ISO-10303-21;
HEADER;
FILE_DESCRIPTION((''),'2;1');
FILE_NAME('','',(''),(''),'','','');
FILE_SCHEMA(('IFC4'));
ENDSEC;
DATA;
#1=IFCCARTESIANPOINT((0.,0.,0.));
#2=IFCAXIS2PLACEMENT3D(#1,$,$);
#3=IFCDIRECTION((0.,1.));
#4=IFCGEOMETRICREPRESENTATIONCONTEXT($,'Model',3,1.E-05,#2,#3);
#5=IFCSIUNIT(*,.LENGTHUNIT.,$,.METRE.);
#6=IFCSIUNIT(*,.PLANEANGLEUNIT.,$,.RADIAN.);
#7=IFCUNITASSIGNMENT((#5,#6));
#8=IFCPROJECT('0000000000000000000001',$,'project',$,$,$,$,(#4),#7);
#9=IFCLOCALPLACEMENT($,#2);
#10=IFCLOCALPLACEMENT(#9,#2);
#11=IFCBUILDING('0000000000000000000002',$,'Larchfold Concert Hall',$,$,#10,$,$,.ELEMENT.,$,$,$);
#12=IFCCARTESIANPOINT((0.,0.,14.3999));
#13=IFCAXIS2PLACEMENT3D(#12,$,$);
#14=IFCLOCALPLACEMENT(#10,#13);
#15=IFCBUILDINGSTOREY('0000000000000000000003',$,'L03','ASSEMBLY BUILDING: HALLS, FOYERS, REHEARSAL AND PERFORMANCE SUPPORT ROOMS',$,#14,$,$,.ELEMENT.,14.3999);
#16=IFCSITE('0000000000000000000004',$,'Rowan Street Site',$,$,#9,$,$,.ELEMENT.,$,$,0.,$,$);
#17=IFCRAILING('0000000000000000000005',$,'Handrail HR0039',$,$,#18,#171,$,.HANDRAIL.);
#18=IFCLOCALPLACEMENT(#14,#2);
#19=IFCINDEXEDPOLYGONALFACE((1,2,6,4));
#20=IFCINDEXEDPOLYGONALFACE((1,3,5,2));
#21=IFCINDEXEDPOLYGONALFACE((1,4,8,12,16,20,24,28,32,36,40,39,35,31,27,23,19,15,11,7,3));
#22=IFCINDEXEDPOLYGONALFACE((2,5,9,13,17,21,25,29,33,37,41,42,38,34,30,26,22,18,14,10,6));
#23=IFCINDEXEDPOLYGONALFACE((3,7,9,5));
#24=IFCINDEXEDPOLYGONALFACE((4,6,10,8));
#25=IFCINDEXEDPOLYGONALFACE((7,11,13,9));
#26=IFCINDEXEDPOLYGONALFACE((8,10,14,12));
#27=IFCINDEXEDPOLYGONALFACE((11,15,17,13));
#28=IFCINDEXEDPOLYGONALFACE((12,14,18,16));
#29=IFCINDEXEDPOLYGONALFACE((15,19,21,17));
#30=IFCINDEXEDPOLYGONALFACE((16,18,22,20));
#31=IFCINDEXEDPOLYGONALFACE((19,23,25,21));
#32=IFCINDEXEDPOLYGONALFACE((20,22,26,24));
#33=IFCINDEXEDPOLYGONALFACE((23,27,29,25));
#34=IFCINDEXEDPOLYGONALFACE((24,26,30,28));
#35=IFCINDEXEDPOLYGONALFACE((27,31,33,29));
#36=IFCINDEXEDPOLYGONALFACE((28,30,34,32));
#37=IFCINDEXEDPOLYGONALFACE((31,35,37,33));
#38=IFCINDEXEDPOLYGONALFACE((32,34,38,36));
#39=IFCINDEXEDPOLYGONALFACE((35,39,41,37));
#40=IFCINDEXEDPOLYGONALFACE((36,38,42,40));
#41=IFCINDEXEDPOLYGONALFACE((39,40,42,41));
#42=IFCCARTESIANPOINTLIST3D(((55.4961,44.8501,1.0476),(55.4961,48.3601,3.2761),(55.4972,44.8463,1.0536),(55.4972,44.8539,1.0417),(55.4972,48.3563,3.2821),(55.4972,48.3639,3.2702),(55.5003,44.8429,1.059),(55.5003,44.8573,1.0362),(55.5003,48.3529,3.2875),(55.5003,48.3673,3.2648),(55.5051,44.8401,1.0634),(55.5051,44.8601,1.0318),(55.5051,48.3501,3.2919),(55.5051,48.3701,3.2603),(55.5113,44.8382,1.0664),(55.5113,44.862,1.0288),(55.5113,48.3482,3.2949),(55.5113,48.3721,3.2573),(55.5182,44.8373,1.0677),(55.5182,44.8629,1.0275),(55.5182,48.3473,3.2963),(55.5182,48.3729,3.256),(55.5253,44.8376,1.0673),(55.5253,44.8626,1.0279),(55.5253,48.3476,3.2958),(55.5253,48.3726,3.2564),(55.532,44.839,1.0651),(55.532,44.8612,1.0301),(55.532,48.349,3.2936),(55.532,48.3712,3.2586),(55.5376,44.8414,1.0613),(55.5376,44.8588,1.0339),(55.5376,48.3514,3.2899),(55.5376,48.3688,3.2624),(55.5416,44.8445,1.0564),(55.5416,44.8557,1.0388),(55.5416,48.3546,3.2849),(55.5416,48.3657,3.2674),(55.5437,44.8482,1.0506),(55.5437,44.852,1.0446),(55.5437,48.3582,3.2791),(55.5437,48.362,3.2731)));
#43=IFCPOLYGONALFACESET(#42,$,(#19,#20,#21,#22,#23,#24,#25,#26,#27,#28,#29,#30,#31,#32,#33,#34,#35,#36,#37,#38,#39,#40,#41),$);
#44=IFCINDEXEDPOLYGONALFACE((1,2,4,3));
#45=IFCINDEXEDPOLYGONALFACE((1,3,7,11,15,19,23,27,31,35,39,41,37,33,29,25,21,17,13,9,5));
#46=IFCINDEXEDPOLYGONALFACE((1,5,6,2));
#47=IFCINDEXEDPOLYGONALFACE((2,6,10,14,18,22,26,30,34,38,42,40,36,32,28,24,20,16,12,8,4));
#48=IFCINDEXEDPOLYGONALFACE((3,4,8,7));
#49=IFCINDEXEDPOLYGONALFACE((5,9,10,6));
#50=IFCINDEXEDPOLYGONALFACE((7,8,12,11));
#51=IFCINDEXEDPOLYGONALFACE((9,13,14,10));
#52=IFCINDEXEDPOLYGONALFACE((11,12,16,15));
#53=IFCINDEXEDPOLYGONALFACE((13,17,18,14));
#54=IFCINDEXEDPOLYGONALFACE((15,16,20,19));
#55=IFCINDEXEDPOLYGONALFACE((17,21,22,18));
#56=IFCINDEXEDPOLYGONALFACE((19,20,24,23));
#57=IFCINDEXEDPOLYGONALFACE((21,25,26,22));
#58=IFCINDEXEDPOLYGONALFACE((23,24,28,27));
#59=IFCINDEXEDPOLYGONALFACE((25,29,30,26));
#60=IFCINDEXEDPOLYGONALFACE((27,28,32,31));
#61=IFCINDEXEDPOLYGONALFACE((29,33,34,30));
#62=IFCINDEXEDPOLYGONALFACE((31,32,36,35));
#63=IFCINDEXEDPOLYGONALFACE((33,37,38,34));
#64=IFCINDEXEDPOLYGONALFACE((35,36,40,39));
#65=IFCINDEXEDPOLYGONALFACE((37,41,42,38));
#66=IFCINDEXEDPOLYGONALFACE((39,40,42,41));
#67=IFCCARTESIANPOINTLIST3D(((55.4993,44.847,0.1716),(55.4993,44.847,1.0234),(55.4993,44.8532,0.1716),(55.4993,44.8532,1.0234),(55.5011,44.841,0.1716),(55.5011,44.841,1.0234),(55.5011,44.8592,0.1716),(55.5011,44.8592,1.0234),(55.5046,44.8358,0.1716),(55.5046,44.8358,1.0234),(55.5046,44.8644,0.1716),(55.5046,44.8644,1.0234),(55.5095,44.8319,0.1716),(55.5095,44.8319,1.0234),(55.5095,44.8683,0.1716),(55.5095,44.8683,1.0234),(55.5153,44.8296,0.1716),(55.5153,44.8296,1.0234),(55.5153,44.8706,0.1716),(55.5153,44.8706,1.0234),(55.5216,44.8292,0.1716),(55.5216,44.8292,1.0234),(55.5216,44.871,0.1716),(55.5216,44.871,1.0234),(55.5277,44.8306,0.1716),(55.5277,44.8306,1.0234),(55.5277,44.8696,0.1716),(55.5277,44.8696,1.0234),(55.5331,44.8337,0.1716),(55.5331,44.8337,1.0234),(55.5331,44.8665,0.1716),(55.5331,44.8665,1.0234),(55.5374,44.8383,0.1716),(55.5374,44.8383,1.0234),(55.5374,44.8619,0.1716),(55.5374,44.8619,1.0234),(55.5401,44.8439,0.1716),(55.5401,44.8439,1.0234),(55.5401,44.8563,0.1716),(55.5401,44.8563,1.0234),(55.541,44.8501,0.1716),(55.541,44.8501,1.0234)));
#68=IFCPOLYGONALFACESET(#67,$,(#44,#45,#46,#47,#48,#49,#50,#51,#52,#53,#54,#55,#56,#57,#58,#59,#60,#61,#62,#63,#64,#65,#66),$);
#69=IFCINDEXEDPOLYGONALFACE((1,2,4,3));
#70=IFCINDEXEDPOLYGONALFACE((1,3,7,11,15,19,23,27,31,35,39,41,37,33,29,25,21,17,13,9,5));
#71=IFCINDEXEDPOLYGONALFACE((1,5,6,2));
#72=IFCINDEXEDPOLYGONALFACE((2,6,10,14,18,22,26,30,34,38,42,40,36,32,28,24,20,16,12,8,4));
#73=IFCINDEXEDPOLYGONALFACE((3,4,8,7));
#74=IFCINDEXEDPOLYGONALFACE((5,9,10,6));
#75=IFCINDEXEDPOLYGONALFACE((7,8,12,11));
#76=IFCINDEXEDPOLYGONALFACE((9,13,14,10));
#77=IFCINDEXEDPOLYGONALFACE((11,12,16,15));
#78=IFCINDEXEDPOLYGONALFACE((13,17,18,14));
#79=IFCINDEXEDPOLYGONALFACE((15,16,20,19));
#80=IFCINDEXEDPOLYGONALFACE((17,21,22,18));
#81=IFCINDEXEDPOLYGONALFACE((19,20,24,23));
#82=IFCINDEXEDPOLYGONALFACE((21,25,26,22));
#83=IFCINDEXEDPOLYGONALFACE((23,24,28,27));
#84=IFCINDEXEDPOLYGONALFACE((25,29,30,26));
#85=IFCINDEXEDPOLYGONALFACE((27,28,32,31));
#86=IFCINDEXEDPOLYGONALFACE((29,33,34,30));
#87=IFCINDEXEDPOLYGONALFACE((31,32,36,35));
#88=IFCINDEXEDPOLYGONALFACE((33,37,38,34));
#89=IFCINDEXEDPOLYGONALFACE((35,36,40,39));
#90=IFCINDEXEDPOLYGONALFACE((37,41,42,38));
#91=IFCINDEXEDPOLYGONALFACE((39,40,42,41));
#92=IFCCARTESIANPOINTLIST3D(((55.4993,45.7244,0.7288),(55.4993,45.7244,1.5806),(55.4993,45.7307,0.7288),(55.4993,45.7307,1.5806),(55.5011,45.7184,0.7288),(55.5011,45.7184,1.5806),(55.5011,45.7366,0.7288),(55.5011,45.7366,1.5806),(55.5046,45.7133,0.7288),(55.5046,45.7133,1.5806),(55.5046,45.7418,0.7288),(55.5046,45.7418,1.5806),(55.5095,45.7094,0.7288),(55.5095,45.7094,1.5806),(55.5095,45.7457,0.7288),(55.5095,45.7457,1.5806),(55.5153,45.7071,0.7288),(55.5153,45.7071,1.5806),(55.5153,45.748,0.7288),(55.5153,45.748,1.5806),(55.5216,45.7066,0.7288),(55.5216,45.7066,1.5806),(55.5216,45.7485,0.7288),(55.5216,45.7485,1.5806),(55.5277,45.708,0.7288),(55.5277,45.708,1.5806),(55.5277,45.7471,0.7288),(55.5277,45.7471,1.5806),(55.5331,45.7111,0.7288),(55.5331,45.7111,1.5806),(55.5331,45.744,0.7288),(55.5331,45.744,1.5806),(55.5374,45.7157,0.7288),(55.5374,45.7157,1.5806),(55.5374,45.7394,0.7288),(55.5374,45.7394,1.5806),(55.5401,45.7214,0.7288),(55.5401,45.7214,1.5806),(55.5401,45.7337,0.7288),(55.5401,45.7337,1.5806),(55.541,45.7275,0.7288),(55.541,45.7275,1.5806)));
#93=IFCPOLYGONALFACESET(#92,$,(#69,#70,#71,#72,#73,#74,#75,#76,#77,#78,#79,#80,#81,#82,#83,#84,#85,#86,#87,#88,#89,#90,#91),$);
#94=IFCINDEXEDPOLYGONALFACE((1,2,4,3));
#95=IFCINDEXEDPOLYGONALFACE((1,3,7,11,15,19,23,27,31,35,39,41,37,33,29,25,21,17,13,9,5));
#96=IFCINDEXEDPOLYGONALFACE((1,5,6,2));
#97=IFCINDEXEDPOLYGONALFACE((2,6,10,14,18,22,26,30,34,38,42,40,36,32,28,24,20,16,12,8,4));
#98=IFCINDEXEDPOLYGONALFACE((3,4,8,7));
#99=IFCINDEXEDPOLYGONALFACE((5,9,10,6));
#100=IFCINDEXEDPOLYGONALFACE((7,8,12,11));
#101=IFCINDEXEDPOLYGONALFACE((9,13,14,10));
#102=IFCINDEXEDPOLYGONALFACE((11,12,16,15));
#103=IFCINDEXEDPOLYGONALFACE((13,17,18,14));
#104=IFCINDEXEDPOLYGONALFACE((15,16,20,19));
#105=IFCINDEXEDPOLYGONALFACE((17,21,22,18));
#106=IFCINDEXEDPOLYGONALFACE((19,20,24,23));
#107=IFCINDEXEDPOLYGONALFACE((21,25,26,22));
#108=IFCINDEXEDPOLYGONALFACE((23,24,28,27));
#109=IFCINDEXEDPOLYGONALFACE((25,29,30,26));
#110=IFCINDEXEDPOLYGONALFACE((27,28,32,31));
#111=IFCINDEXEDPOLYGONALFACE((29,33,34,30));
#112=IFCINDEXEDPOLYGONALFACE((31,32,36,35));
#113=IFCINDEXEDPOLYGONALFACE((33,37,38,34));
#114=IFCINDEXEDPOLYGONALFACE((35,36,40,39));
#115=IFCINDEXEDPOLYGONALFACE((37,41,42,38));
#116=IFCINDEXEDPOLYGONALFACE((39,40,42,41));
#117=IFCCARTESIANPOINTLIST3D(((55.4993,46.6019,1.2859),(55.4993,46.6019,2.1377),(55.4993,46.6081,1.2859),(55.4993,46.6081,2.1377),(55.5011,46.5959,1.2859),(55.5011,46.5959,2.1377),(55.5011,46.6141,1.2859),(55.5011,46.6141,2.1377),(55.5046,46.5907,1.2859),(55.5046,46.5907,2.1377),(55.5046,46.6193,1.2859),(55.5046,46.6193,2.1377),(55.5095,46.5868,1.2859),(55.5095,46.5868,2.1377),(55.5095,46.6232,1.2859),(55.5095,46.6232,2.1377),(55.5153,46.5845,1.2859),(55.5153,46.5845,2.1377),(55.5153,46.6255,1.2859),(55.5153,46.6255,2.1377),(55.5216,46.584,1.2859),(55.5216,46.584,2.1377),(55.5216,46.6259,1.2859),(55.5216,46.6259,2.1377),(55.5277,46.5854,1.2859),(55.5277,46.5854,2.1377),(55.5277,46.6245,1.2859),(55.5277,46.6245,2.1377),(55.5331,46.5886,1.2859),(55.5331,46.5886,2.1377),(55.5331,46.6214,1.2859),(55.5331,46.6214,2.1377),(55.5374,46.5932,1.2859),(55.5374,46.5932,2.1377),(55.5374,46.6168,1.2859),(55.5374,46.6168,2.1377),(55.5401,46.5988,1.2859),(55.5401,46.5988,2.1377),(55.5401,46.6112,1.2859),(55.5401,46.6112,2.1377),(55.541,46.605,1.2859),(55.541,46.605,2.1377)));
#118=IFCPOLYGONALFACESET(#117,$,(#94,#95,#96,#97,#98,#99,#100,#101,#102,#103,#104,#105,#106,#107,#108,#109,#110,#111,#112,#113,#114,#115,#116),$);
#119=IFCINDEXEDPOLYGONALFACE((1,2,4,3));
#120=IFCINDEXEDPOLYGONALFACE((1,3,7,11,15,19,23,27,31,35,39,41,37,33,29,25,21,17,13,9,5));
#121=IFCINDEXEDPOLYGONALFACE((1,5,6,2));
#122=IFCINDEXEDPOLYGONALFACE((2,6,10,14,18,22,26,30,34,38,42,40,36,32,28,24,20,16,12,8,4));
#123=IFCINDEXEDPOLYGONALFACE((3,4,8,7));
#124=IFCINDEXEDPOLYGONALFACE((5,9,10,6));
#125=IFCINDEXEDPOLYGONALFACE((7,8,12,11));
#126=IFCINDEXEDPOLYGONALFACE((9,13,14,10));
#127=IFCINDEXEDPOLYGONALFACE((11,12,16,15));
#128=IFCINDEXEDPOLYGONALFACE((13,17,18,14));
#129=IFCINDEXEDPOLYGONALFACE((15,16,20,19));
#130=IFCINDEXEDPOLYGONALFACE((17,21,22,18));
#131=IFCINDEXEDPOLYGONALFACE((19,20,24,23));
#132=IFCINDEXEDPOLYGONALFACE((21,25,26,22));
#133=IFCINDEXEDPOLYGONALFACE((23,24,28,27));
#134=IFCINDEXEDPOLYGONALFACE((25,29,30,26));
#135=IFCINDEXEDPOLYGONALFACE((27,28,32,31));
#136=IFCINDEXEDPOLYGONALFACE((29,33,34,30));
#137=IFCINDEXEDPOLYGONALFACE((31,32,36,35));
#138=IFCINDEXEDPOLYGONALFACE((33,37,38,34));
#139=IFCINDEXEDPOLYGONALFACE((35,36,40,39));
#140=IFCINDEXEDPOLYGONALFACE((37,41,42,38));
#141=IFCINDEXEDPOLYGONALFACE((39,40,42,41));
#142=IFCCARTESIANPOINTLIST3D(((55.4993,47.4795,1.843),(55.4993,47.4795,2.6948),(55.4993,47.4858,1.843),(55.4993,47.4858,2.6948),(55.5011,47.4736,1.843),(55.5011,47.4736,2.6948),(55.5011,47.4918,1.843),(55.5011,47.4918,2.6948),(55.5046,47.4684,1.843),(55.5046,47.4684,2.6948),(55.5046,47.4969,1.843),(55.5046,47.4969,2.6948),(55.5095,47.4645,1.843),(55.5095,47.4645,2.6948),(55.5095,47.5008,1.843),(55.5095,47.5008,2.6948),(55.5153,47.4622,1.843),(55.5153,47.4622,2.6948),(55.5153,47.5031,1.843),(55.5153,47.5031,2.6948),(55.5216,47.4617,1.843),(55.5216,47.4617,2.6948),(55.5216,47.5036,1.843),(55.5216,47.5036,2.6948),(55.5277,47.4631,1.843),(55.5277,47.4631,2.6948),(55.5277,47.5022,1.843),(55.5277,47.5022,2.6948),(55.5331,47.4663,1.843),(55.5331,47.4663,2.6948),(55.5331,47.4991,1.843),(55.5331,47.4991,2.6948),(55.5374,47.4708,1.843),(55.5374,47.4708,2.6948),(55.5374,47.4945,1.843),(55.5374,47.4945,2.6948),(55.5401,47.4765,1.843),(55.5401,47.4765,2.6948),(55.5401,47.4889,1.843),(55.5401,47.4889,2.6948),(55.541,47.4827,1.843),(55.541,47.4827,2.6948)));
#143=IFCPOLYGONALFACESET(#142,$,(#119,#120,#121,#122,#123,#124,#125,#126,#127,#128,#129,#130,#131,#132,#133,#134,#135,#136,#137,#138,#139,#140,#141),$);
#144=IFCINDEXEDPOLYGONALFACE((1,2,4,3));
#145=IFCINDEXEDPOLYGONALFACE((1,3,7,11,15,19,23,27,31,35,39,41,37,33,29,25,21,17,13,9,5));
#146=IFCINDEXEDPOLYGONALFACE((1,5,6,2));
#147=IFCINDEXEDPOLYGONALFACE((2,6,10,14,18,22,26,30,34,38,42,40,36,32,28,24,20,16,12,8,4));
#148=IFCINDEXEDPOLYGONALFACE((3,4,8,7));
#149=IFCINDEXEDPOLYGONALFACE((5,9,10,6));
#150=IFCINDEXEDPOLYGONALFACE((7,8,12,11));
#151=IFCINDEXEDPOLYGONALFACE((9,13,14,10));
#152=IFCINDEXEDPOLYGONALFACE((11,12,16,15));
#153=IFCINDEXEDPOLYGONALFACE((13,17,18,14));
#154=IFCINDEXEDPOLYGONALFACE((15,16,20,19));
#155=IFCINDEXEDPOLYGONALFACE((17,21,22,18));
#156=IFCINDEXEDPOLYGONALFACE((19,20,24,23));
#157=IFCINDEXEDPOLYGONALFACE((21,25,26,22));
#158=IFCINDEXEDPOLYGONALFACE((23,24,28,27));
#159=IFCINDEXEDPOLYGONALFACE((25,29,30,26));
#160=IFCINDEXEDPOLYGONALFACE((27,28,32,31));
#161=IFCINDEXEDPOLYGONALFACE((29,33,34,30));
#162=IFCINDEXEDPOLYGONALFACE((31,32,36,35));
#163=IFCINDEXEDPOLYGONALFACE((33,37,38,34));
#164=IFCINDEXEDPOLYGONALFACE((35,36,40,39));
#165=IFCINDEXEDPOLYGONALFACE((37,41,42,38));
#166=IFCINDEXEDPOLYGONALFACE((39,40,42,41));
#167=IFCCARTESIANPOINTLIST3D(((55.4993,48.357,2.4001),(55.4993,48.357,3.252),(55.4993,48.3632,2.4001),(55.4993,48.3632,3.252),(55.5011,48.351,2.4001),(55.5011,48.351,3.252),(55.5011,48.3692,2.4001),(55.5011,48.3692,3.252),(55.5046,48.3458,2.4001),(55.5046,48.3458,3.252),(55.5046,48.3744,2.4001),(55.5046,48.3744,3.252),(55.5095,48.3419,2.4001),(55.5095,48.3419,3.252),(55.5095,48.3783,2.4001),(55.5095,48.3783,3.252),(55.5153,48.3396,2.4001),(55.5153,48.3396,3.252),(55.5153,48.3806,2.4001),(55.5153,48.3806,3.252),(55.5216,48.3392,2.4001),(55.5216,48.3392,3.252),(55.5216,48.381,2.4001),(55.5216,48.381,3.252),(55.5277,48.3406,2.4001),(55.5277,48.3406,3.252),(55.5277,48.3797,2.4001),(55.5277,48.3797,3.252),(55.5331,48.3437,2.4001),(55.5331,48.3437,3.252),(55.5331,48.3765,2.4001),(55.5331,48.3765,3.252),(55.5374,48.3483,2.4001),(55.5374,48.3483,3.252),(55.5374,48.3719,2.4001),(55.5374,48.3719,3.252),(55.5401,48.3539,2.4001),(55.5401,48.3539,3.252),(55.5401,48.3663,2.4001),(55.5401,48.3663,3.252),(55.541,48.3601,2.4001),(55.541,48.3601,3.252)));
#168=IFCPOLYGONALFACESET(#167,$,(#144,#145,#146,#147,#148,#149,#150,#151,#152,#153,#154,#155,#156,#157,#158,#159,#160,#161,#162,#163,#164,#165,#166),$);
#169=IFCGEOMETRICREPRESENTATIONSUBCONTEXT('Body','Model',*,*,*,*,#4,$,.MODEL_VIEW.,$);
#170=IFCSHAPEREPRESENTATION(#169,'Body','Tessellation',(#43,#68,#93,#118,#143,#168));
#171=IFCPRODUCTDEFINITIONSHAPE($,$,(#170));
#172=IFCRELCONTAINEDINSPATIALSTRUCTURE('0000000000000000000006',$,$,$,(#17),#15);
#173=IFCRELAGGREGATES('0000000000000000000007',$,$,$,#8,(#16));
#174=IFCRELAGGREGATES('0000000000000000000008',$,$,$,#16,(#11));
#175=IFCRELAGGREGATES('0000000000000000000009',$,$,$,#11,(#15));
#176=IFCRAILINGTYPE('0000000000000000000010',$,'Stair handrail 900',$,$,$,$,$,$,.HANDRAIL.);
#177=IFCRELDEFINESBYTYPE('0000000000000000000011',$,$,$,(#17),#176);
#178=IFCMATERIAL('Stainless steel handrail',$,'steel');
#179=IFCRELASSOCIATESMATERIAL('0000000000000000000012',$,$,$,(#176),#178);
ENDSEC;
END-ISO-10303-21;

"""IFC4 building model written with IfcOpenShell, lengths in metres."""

from ifc_helpers import new_model, si_unit, direction, frame, origin, origin_2d, place, context, subcontext, project, spatial, circle, extrude, material, type_object, element, save


model = new_model("IFC4")

# Units and contexts
model_context = context("Model", 3, precision=1e-05, world=origin(), true_north=direction((0.0, 1.0)))
body_context = subcontext(model_context, "Body", "Model", "MODEL_VIEW")
ifc_project = project(units=[si_unit("LENGTHUNIT", "METRE"), si_unit("PLANEANGLEUNIT", "RADIAN")], contexts=[model_context])

# Site, building, storey
site_placement = place(None, origin())
site = spatial("IfcSite", under=ifc_project, at=site_placement, Name="Rowan Street Site", CompositionType="ELEMENT", RefElevation=0.0)
building_placement = place(site_placement, origin())
building = spatial("IfcBuilding", under=site, at=building_placement, Name="Larchfold Concert Hall", CompositionType="ELEMENT")
storey_placement = place(building_placement, frame((0.0, 0.0, 14.3999)))
storey = spatial("IfcBuildingStorey", under=building, at=storey_placement, Name="L03", Description="ASSEMBLY BUILDING: HALLS, FOYERS, REHEARSAL AND PERFORMANCE SUPPORT ROOMS", CompositionType="ELEMENT", Elevation=14.3999)

# Railing
ifc_material_1 = material(Name="Stainless steel handrail", Category="steel")
railing_type_1 = type_object("IfcRailingType", Name="Stair handrail 900", PredefinedType="HANDRAIL", material=ifc_material_1)
railing_1_placement = place(storey_placement, frame((55.52, 44.8501, 0.1716)))
element("IfcRailing", 1, at=railing_1_placement, inside=storey, type_object=railing_type_1, Name="Handrail HR0039", PredefinedType="HANDRAIL", context=body_context, shape_type="SweptSolid", body=[
    extrude(circle(Radius=0.0239, at=origin_2d()), frame((0.0, 0.0, 0.876), z_axis=(0.0, 0.84422, 0.535998), x_axis=(-1.0, 0.0, 0.0)), (0.0, 0.0, 1.0), 4.1577),
    extrude(circle(Radius=0.021, at=origin_2d()), origin(), (0.0, 0.0, 1.0), 0.8518),
    extrude(circle(Radius=0.021, at=origin_2d()), frame((0.0, 0.8774, 0.5571)), (0.0, 0.0, 1.0), 0.8518),
    extrude(circle(Radius=0.021, at=origin_2d()), frame((0.0, 1.7549, 1.1143)), (0.0, 0.0, 1.0), 0.8518),
    extrude(circle(Radius=0.021, at=origin_2d()), frame((0.0, 2.6326, 1.6714)), (0.0, 0.0, 1.0), 0.8518),
    extrude(circle(Radius=0.021, at=origin_2d()), frame((0.0, 3.51, 2.2285)), (0.0, 0.0, 1.0), 0.8518),
])

save(model, "model.ifc")
